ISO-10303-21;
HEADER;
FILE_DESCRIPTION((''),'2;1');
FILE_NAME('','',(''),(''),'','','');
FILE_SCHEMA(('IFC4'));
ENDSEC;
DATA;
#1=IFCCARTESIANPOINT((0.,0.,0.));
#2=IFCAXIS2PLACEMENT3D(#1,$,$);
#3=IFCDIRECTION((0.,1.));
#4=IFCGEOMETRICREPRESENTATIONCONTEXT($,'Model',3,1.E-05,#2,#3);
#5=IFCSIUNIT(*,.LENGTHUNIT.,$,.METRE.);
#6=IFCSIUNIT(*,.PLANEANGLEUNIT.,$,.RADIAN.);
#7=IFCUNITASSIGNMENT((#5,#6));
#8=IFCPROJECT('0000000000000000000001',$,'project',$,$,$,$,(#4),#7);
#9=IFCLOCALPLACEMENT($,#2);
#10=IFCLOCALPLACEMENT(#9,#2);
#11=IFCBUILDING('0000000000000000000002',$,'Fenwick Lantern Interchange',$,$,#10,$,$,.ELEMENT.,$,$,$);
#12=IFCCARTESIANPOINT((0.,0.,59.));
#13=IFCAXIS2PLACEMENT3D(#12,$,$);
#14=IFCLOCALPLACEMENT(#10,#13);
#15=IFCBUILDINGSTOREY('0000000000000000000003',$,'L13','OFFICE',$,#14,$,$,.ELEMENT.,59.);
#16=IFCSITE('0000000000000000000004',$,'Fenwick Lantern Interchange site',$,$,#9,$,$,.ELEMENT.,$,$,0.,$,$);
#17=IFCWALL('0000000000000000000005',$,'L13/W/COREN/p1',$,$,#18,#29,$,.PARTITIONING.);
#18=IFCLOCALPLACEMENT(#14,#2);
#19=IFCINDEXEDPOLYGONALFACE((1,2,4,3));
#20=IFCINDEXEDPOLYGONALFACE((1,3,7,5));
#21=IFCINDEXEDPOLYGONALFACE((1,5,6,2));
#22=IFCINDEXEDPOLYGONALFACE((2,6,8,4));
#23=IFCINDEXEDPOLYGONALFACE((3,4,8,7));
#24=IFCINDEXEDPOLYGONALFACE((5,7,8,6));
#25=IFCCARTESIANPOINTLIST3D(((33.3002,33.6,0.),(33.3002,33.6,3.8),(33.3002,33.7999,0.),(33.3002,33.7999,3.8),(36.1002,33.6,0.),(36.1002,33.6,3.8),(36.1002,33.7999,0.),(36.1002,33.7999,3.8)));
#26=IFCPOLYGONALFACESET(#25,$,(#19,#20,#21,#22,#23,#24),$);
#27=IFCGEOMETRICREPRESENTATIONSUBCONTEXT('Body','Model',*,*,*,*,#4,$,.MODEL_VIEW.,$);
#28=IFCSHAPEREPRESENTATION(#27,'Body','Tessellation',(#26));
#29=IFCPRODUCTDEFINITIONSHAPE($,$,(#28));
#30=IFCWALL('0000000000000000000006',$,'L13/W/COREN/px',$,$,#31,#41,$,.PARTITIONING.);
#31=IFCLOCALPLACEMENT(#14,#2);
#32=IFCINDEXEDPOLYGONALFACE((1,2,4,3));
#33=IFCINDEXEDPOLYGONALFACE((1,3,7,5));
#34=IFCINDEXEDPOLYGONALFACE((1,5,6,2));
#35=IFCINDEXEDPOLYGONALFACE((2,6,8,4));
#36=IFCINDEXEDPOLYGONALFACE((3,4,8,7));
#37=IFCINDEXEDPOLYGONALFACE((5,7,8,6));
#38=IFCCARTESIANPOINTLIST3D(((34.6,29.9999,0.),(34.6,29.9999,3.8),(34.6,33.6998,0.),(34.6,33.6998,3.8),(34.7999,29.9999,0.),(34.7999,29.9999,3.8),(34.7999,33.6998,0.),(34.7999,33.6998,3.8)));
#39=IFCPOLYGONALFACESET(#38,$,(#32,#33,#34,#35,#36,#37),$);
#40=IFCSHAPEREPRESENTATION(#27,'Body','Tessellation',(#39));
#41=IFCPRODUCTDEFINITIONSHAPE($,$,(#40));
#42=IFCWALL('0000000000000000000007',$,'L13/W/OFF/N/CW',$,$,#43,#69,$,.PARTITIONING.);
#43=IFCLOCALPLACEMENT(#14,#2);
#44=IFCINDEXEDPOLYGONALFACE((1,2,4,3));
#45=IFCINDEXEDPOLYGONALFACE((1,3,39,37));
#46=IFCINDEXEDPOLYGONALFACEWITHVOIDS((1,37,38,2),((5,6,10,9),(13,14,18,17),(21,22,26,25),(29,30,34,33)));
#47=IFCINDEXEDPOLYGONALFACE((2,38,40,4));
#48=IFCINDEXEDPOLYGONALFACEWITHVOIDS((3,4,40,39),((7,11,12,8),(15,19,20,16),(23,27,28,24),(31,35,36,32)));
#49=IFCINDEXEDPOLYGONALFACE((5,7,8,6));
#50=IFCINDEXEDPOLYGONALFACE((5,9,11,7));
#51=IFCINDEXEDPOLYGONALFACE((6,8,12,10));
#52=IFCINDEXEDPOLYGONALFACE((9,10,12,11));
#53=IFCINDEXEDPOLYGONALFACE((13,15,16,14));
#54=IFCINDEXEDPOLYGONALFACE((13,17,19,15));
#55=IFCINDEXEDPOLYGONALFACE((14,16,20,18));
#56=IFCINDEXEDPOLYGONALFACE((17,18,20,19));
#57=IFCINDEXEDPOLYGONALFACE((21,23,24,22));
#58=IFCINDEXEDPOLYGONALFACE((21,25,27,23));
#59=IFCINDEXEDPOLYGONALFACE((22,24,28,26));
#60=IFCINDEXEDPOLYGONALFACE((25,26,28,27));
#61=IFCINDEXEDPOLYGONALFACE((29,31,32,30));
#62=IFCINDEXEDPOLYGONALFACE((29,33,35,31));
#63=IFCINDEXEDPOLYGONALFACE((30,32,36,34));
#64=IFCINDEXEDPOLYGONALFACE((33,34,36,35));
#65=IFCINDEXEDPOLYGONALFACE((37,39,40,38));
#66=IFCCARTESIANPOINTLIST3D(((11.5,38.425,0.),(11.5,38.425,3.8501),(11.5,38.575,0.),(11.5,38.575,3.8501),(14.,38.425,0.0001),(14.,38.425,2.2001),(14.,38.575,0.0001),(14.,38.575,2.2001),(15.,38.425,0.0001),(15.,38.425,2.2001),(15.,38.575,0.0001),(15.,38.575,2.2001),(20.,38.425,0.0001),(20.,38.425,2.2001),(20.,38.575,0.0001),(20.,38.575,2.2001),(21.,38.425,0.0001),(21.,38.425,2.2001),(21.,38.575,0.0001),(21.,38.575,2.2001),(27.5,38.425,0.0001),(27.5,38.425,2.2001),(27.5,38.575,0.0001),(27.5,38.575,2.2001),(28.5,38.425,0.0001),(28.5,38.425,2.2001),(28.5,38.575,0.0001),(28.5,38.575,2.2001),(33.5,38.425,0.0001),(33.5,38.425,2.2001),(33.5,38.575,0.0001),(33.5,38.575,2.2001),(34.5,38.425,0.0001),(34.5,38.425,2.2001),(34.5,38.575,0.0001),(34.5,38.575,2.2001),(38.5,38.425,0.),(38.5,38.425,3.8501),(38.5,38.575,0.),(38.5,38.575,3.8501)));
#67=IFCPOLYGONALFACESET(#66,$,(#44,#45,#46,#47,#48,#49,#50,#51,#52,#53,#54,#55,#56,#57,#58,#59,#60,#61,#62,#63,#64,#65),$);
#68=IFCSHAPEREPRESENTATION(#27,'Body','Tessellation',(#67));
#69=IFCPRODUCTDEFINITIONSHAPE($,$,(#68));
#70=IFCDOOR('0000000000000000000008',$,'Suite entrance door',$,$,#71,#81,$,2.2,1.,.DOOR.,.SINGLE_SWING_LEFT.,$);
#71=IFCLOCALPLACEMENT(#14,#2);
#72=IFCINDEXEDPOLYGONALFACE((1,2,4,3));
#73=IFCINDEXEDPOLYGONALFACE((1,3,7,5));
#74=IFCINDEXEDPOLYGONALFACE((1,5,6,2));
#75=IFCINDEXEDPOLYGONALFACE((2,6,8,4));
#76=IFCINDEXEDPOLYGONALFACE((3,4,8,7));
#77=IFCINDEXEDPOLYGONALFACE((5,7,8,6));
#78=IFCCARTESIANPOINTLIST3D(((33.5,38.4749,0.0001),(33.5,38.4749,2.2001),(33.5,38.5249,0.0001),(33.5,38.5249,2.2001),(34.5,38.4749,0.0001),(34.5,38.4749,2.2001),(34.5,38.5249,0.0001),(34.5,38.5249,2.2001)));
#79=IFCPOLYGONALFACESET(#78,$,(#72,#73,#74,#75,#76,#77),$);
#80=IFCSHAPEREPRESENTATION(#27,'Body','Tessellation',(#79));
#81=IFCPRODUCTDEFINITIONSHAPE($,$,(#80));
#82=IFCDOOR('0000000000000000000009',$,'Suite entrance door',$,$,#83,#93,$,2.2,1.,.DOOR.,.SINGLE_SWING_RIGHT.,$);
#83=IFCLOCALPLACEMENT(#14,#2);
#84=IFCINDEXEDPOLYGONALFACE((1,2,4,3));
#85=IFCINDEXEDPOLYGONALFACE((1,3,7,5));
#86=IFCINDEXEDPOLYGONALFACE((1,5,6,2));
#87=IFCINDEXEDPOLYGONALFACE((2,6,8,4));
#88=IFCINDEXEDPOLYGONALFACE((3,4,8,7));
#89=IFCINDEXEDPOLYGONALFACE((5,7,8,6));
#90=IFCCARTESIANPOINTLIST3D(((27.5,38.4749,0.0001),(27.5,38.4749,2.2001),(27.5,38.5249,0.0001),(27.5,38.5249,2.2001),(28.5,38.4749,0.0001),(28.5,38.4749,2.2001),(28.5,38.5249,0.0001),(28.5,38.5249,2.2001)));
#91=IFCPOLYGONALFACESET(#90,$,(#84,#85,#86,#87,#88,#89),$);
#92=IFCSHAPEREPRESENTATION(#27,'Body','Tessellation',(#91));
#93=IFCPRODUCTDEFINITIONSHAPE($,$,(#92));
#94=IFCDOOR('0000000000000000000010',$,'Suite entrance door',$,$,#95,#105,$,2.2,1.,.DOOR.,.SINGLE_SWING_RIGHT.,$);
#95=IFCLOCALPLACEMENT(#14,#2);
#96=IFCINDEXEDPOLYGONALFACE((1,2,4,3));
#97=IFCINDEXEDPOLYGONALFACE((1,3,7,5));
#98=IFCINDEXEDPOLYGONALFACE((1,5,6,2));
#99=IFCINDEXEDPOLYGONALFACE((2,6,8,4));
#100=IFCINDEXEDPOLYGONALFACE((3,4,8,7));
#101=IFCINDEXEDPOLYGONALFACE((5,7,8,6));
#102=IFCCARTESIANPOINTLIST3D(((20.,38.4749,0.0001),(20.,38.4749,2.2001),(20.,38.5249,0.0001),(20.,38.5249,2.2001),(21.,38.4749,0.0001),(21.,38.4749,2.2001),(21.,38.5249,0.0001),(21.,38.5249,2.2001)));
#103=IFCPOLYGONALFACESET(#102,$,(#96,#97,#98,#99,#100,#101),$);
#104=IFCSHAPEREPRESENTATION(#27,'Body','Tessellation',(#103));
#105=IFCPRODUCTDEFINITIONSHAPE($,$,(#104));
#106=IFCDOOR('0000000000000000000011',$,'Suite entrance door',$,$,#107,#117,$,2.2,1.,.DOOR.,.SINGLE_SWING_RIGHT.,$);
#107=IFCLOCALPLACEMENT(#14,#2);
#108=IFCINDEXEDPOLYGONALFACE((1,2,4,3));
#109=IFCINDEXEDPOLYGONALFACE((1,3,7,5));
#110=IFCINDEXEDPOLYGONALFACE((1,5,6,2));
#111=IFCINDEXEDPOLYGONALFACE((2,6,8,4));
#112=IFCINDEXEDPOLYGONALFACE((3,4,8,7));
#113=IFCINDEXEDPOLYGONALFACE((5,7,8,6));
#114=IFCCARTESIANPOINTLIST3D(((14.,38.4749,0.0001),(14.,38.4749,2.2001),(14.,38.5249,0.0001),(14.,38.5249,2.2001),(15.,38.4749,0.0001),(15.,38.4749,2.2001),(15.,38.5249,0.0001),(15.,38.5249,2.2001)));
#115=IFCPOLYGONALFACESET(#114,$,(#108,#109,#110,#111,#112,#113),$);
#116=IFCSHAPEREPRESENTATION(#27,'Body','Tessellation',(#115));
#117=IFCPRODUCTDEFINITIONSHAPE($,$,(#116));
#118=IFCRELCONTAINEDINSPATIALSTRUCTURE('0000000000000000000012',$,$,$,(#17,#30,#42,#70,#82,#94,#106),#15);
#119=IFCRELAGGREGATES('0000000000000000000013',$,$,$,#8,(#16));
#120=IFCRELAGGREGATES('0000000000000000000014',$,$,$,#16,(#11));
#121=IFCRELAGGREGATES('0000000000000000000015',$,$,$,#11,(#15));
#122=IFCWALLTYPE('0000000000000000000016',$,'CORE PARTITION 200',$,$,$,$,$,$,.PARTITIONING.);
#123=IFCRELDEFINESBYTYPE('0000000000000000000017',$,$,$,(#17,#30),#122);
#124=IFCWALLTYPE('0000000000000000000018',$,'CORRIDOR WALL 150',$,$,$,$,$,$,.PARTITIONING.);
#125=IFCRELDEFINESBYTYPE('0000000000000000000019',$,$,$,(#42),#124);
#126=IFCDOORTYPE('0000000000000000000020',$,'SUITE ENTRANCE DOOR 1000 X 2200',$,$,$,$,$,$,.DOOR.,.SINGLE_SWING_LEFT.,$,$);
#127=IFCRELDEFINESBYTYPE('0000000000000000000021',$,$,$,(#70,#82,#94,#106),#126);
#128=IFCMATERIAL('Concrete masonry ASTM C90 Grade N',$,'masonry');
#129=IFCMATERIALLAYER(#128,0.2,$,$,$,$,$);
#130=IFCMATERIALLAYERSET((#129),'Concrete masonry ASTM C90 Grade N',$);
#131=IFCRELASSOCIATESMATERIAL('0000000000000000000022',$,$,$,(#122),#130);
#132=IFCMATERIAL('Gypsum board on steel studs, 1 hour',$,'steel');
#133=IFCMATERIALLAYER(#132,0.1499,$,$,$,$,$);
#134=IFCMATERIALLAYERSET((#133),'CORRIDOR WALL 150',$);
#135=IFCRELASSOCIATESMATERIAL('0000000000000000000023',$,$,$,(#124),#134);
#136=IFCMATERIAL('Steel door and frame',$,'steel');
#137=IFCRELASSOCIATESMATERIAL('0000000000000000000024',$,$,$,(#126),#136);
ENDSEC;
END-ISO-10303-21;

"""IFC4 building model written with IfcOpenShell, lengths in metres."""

from ifc_helpers import new_model, si_unit, direction, frame, frame_2d, origin, place, context, subcontext, project, spatial, rectangle, extrude, material, layer, layer_set, type_object, element, fill, save


model = new_model("IFC4")

# Units and contexts
model_context = context("Model", 3, precision=1e-05, world=origin(), true_north=direction((0.0, 1.0)))
body_context = subcontext(model_context, "Body", "Model", "MODEL_VIEW")
ifc_project = project(units=[si_unit("LENGTHUNIT", "METRE"), si_unit("PLANEANGLEUNIT", "RADIAN")], contexts=[model_context])

# Site, building, storey
site_placement = place(None, origin())
site = spatial("IfcSite", under=ifc_project, at=site_placement, Name="Fenwick Lantern Interchange site", CompositionType="ELEMENT", RefElevation=0.0)
building_placement = place(site_placement, origin())
building = spatial("IfcBuilding", under=site, at=building_placement, Name="Fenwick Lantern Interchange", CompositionType="ELEMENT")
storey_placement = place(building_placement, frame((0.0, 0.0, 59.0)))
storey = spatial("IfcBuildingStorey", under=building, at=storey_placement, Name="L13", Description="OFFICE", CompositionType="ELEMENT", Elevation=59.0)

# Walls
ifc_material_1 = material(Name="Concrete masonry ASTM C90 Grade N", Category="masonry")
ifc_layer_1 = layer(ifc_material_1, 0.2)
ifc_layer_set_1 = layer_set([ifc_layer_1], Name="Concrete masonry ASTM C90 Grade N")
wall_type_1 = type_object("IfcWallType", Name="CORE PARTITION 200", PredefinedType="PARTITIONING", material=ifc_layer_set_1)
for number, where, z_axis, x_axis, name in (
    (1, (36.1001, 33.7, 0.0), (0.0, 0.0, 1.0), (-1.0, 0.0, 0.0), "L13/W/COREN/p1"),
):
    element("IfcWall", number, at=place(storey_placement, frame(where, z_axis=z_axis, x_axis=x_axis)), inside=storey, type_object=wall_type_1, Name=name, PredefinedType="PARTITIONING", context=body_context, shape_type="SweptSolid", body=[
        extrude(rectangle(XDim=2.8, YDim=0.2, at=frame_2d((1.3999, 0.0))), origin(), (0.0, 0.0, 1.0), 3.8),
    ])
wall_1_placement = place(storey_placement, frame((34.7, 33.7, 0.0), z_axis=(0.0, 0.0, 1.0), x_axis=(0.0, -1.0, 0.0)))
element("IfcWall", 2, at=wall_1_placement, inside=storey, type_object=wall_type_1, Name="L13/W/COREN/px", PredefinedType="PARTITIONING", context=body_context, shape_type="SweptSolid", body=[
    extrude(rectangle(XDim=3.7, YDim=0.2, at=frame_2d((1.8501, 0.0))), origin(), (0.0, 0.0, 1.0), 3.8),
])

# Wall, openings, doors
ifc_material_2 = material(Name="Steel door and frame", Category="steel")
ifc_material_3 = material(Name="Gypsum board on steel studs, 1 hour", Category="steel")
ifc_layer_2 = layer(ifc_material_3, 0.1499)
ifc_layer_set_2 = layer_set([ifc_layer_2], Name="CORRIDOR WALL 150")
wall_type_2 = type_object("IfcWallType", Name="CORRIDOR WALL 150", PredefinedType="PARTITIONING", material=ifc_layer_set_2)
wall_2_placement = place(storey_placement, frame((38.5, 38.5, 0.0), z_axis=(0.0, 0.0, 1.0), x_axis=(-1.0, 0.0, 0.0)))
wall_2 = element("IfcWall", 3, at=wall_2_placement, inside=storey, type_object=wall_type_2, Name="L13/W/OFF/N/CW", PredefinedType="PARTITIONING", context=body_context, shape_type="SweptSolid", body=[
    extrude(rectangle(XDim=27.0, YDim=0.1499, at=frame_2d((13.5, 0.0))), origin(), (0.0, 0.0, 1.0), 3.8501),
])
opening_1_placement = place(wall_2_placement, frame((4.0, 0.0, 0.0)))
opening_1 = element("IfcOpeningElement", 4, at=opening_1_placement, cuts=wall_2, PredefinedType="OPENING", context=body_context, shape_type="SweptSolid", body=[
    extrude(rectangle(XDim=1.0, YDim=2.2, at=frame_2d((0.5, 1.1001))), frame((0.0, 0.085, 0.0), z_axis=(0.0, -1.0, 0.0), x_axis=(1.0, 0.0, 0.0)), (0.0, 0.0, 1.0), 0.1699),
])
opening_2_placement = place(wall_2_placement, frame((10.0, 0.0, 0.0)))
opening_2 = element("IfcOpeningElement", 5, at=opening_2_placement, cuts=wall_2, PredefinedType="OPENING", context=body_context, shape_type="SweptSolid", body=[
    extrude(rectangle(XDim=1.0, YDim=2.2, at=frame_2d((0.5, 1.1001))), frame((0.0, 0.085, 0.0), z_axis=(0.0, -1.0, 0.0), x_axis=(1.0, 0.0, 0.0)), (0.0, 0.0, 1.0), 0.1699),
])
opening_3_placement = place(wall_2_placement, frame((17.5, 0.0, 0.0)))
opening_3 = element("IfcOpeningElement", 6, at=opening_3_placement, cuts=wall_2, PredefinedType="OPENING", context=body_context, shape_type="SweptSolid", body=[
    extrude(rectangle(XDim=1.0, YDim=2.2, at=frame_2d((0.5, 1.1001))), frame((0.0, 0.085, 0.0), z_axis=(0.0, -1.0, 0.0), x_axis=(1.0, 0.0, 0.0)), (0.0, 0.0, 1.0), 0.1699),
])
opening_4_placement = place(wall_2_placement, frame((23.5, 0.0, 0.0)))
opening_4 = element("IfcOpeningElement", 7, at=opening_4_placement, cuts=wall_2, PredefinedType="OPENING", context=body_context, shape_type="SweptSolid", body=[
    extrude(rectangle(XDim=1.0, YDim=2.2, at=frame_2d((0.5, 1.1001))), frame((0.0, 0.085, 0.0), z_axis=(0.0, -1.0, 0.0), x_axis=(1.0, 0.0, 0.0)), (0.0, 0.0, 1.0), 0.1699),
])
door_type_1 = type_object("IfcDoorType", Name="SUITE ENTRANCE DOOR 1000 X 2200", OperationType="SINGLE_SWING_LEFT", PredefinedType="DOOR", material=ifc_material_2)
door_1_placement = place(opening_1_placement, frame((1.0, 0.0, 0.0), z_axis=(0.0, 0.0, 1.0), x_axis=(-1.0, 0.0, 0.0)))
door_1 = element("IfcDoor", 8, at=door_1_placement, inside=storey, type_object=door_type_1, Name="Suite entrance door", OperationType="SINGLE_SWING_LEFT", OverallHeight=2.2, OverallWidth=1.0, PredefinedType="DOOR", context=body_context, shape_type="SweptSolid", body=[
    extrude(rectangle(XDim=1.0, YDim=2.2, at=frame_2d((0.5, 1.1001))), frame((0.0, 0.0249, 0.0), z_axis=(0.0, -1.0, 0.0), x_axis=(1.0, 0.0, 0.0)), (0.0, 0.0, 1.0), 0.05),
])
fill(opening_1, door_1)
door_2_placement = place(opening_2_placement, frame((1.0, 0.0, 0.0), z_axis=(0.0, 0.0, 1.0), x_axis=(-1.0, 0.0, 0.0)))
door_2 = element("IfcDoor", 9, at=door_2_placement, inside=storey, type_object=door_type_1, Name="Suite entrance door", OperationType="SINGLE_SWING_RIGHT", OverallHeight=2.2, OverallWidth=1.0, PredefinedType="DOOR", context=body_context, shape_type="SweptSolid", body=[
    extrude(rectangle(XDim=1.0, YDim=2.2, at=frame_2d((0.5, 1.1001))), frame((0.0, 0.0249, 0.0), z_axis=(0.0, -1.0, 0.0), x_axis=(1.0, 0.0, 0.0)), (0.0, 0.0, 1.0), 0.05),
])
fill(opening_2, door_2)
door_3_placement = place(opening_3_placement, frame((1.0, 0.0, 0.0), z_axis=(0.0, 0.0, 1.0), x_axis=(-1.0, 0.0, 0.0)))
door_3 = element("IfcDoor", 10, at=door_3_placement, inside=storey, type_object=door_type_1, Name="Suite entrance door", OperationType="SINGLE_SWING_RIGHT", OverallHeight=2.2, OverallWidth=1.0, PredefinedType="DOOR", context=body_context, shape_type="SweptSolid", body=[
    extrude(rectangle(XDim=1.0, YDim=2.2, at=frame_2d((0.5, 1.1001))), frame((0.0, 0.0249, 0.0), z_axis=(0.0, -1.0, 0.0), x_axis=(1.0, 0.0, 0.0)), (0.0, 0.0, 1.0), 0.05),
])
fill(opening_3, door_3)
door_4_placement = place(opening_4_placement, frame((1.0, 0.0, 0.0), z_axis=(0.0, 0.0, 1.0), x_axis=(-1.0, 0.0, 0.0)))
door_4 = element("IfcDoor", 11, at=door_4_placement, inside=storey, type_object=door_type_1, Name="Suite entrance door", OperationType="SINGLE_SWING_RIGHT", OverallHeight=2.2, OverallWidth=1.0, PredefinedType="DOOR", context=body_context, shape_type="SweptSolid", body=[
    extrude(rectangle(XDim=1.0, YDim=2.2, at=frame_2d((0.5, 1.1001))), frame((0.0, 0.0249, 0.0), z_axis=(0.0, -1.0, 0.0), x_axis=(1.0, 0.0, 0.0)), (0.0, 0.0, 1.0), 0.05),
])
fill(opening_4, door_4)

save(model, "model.ifc")
